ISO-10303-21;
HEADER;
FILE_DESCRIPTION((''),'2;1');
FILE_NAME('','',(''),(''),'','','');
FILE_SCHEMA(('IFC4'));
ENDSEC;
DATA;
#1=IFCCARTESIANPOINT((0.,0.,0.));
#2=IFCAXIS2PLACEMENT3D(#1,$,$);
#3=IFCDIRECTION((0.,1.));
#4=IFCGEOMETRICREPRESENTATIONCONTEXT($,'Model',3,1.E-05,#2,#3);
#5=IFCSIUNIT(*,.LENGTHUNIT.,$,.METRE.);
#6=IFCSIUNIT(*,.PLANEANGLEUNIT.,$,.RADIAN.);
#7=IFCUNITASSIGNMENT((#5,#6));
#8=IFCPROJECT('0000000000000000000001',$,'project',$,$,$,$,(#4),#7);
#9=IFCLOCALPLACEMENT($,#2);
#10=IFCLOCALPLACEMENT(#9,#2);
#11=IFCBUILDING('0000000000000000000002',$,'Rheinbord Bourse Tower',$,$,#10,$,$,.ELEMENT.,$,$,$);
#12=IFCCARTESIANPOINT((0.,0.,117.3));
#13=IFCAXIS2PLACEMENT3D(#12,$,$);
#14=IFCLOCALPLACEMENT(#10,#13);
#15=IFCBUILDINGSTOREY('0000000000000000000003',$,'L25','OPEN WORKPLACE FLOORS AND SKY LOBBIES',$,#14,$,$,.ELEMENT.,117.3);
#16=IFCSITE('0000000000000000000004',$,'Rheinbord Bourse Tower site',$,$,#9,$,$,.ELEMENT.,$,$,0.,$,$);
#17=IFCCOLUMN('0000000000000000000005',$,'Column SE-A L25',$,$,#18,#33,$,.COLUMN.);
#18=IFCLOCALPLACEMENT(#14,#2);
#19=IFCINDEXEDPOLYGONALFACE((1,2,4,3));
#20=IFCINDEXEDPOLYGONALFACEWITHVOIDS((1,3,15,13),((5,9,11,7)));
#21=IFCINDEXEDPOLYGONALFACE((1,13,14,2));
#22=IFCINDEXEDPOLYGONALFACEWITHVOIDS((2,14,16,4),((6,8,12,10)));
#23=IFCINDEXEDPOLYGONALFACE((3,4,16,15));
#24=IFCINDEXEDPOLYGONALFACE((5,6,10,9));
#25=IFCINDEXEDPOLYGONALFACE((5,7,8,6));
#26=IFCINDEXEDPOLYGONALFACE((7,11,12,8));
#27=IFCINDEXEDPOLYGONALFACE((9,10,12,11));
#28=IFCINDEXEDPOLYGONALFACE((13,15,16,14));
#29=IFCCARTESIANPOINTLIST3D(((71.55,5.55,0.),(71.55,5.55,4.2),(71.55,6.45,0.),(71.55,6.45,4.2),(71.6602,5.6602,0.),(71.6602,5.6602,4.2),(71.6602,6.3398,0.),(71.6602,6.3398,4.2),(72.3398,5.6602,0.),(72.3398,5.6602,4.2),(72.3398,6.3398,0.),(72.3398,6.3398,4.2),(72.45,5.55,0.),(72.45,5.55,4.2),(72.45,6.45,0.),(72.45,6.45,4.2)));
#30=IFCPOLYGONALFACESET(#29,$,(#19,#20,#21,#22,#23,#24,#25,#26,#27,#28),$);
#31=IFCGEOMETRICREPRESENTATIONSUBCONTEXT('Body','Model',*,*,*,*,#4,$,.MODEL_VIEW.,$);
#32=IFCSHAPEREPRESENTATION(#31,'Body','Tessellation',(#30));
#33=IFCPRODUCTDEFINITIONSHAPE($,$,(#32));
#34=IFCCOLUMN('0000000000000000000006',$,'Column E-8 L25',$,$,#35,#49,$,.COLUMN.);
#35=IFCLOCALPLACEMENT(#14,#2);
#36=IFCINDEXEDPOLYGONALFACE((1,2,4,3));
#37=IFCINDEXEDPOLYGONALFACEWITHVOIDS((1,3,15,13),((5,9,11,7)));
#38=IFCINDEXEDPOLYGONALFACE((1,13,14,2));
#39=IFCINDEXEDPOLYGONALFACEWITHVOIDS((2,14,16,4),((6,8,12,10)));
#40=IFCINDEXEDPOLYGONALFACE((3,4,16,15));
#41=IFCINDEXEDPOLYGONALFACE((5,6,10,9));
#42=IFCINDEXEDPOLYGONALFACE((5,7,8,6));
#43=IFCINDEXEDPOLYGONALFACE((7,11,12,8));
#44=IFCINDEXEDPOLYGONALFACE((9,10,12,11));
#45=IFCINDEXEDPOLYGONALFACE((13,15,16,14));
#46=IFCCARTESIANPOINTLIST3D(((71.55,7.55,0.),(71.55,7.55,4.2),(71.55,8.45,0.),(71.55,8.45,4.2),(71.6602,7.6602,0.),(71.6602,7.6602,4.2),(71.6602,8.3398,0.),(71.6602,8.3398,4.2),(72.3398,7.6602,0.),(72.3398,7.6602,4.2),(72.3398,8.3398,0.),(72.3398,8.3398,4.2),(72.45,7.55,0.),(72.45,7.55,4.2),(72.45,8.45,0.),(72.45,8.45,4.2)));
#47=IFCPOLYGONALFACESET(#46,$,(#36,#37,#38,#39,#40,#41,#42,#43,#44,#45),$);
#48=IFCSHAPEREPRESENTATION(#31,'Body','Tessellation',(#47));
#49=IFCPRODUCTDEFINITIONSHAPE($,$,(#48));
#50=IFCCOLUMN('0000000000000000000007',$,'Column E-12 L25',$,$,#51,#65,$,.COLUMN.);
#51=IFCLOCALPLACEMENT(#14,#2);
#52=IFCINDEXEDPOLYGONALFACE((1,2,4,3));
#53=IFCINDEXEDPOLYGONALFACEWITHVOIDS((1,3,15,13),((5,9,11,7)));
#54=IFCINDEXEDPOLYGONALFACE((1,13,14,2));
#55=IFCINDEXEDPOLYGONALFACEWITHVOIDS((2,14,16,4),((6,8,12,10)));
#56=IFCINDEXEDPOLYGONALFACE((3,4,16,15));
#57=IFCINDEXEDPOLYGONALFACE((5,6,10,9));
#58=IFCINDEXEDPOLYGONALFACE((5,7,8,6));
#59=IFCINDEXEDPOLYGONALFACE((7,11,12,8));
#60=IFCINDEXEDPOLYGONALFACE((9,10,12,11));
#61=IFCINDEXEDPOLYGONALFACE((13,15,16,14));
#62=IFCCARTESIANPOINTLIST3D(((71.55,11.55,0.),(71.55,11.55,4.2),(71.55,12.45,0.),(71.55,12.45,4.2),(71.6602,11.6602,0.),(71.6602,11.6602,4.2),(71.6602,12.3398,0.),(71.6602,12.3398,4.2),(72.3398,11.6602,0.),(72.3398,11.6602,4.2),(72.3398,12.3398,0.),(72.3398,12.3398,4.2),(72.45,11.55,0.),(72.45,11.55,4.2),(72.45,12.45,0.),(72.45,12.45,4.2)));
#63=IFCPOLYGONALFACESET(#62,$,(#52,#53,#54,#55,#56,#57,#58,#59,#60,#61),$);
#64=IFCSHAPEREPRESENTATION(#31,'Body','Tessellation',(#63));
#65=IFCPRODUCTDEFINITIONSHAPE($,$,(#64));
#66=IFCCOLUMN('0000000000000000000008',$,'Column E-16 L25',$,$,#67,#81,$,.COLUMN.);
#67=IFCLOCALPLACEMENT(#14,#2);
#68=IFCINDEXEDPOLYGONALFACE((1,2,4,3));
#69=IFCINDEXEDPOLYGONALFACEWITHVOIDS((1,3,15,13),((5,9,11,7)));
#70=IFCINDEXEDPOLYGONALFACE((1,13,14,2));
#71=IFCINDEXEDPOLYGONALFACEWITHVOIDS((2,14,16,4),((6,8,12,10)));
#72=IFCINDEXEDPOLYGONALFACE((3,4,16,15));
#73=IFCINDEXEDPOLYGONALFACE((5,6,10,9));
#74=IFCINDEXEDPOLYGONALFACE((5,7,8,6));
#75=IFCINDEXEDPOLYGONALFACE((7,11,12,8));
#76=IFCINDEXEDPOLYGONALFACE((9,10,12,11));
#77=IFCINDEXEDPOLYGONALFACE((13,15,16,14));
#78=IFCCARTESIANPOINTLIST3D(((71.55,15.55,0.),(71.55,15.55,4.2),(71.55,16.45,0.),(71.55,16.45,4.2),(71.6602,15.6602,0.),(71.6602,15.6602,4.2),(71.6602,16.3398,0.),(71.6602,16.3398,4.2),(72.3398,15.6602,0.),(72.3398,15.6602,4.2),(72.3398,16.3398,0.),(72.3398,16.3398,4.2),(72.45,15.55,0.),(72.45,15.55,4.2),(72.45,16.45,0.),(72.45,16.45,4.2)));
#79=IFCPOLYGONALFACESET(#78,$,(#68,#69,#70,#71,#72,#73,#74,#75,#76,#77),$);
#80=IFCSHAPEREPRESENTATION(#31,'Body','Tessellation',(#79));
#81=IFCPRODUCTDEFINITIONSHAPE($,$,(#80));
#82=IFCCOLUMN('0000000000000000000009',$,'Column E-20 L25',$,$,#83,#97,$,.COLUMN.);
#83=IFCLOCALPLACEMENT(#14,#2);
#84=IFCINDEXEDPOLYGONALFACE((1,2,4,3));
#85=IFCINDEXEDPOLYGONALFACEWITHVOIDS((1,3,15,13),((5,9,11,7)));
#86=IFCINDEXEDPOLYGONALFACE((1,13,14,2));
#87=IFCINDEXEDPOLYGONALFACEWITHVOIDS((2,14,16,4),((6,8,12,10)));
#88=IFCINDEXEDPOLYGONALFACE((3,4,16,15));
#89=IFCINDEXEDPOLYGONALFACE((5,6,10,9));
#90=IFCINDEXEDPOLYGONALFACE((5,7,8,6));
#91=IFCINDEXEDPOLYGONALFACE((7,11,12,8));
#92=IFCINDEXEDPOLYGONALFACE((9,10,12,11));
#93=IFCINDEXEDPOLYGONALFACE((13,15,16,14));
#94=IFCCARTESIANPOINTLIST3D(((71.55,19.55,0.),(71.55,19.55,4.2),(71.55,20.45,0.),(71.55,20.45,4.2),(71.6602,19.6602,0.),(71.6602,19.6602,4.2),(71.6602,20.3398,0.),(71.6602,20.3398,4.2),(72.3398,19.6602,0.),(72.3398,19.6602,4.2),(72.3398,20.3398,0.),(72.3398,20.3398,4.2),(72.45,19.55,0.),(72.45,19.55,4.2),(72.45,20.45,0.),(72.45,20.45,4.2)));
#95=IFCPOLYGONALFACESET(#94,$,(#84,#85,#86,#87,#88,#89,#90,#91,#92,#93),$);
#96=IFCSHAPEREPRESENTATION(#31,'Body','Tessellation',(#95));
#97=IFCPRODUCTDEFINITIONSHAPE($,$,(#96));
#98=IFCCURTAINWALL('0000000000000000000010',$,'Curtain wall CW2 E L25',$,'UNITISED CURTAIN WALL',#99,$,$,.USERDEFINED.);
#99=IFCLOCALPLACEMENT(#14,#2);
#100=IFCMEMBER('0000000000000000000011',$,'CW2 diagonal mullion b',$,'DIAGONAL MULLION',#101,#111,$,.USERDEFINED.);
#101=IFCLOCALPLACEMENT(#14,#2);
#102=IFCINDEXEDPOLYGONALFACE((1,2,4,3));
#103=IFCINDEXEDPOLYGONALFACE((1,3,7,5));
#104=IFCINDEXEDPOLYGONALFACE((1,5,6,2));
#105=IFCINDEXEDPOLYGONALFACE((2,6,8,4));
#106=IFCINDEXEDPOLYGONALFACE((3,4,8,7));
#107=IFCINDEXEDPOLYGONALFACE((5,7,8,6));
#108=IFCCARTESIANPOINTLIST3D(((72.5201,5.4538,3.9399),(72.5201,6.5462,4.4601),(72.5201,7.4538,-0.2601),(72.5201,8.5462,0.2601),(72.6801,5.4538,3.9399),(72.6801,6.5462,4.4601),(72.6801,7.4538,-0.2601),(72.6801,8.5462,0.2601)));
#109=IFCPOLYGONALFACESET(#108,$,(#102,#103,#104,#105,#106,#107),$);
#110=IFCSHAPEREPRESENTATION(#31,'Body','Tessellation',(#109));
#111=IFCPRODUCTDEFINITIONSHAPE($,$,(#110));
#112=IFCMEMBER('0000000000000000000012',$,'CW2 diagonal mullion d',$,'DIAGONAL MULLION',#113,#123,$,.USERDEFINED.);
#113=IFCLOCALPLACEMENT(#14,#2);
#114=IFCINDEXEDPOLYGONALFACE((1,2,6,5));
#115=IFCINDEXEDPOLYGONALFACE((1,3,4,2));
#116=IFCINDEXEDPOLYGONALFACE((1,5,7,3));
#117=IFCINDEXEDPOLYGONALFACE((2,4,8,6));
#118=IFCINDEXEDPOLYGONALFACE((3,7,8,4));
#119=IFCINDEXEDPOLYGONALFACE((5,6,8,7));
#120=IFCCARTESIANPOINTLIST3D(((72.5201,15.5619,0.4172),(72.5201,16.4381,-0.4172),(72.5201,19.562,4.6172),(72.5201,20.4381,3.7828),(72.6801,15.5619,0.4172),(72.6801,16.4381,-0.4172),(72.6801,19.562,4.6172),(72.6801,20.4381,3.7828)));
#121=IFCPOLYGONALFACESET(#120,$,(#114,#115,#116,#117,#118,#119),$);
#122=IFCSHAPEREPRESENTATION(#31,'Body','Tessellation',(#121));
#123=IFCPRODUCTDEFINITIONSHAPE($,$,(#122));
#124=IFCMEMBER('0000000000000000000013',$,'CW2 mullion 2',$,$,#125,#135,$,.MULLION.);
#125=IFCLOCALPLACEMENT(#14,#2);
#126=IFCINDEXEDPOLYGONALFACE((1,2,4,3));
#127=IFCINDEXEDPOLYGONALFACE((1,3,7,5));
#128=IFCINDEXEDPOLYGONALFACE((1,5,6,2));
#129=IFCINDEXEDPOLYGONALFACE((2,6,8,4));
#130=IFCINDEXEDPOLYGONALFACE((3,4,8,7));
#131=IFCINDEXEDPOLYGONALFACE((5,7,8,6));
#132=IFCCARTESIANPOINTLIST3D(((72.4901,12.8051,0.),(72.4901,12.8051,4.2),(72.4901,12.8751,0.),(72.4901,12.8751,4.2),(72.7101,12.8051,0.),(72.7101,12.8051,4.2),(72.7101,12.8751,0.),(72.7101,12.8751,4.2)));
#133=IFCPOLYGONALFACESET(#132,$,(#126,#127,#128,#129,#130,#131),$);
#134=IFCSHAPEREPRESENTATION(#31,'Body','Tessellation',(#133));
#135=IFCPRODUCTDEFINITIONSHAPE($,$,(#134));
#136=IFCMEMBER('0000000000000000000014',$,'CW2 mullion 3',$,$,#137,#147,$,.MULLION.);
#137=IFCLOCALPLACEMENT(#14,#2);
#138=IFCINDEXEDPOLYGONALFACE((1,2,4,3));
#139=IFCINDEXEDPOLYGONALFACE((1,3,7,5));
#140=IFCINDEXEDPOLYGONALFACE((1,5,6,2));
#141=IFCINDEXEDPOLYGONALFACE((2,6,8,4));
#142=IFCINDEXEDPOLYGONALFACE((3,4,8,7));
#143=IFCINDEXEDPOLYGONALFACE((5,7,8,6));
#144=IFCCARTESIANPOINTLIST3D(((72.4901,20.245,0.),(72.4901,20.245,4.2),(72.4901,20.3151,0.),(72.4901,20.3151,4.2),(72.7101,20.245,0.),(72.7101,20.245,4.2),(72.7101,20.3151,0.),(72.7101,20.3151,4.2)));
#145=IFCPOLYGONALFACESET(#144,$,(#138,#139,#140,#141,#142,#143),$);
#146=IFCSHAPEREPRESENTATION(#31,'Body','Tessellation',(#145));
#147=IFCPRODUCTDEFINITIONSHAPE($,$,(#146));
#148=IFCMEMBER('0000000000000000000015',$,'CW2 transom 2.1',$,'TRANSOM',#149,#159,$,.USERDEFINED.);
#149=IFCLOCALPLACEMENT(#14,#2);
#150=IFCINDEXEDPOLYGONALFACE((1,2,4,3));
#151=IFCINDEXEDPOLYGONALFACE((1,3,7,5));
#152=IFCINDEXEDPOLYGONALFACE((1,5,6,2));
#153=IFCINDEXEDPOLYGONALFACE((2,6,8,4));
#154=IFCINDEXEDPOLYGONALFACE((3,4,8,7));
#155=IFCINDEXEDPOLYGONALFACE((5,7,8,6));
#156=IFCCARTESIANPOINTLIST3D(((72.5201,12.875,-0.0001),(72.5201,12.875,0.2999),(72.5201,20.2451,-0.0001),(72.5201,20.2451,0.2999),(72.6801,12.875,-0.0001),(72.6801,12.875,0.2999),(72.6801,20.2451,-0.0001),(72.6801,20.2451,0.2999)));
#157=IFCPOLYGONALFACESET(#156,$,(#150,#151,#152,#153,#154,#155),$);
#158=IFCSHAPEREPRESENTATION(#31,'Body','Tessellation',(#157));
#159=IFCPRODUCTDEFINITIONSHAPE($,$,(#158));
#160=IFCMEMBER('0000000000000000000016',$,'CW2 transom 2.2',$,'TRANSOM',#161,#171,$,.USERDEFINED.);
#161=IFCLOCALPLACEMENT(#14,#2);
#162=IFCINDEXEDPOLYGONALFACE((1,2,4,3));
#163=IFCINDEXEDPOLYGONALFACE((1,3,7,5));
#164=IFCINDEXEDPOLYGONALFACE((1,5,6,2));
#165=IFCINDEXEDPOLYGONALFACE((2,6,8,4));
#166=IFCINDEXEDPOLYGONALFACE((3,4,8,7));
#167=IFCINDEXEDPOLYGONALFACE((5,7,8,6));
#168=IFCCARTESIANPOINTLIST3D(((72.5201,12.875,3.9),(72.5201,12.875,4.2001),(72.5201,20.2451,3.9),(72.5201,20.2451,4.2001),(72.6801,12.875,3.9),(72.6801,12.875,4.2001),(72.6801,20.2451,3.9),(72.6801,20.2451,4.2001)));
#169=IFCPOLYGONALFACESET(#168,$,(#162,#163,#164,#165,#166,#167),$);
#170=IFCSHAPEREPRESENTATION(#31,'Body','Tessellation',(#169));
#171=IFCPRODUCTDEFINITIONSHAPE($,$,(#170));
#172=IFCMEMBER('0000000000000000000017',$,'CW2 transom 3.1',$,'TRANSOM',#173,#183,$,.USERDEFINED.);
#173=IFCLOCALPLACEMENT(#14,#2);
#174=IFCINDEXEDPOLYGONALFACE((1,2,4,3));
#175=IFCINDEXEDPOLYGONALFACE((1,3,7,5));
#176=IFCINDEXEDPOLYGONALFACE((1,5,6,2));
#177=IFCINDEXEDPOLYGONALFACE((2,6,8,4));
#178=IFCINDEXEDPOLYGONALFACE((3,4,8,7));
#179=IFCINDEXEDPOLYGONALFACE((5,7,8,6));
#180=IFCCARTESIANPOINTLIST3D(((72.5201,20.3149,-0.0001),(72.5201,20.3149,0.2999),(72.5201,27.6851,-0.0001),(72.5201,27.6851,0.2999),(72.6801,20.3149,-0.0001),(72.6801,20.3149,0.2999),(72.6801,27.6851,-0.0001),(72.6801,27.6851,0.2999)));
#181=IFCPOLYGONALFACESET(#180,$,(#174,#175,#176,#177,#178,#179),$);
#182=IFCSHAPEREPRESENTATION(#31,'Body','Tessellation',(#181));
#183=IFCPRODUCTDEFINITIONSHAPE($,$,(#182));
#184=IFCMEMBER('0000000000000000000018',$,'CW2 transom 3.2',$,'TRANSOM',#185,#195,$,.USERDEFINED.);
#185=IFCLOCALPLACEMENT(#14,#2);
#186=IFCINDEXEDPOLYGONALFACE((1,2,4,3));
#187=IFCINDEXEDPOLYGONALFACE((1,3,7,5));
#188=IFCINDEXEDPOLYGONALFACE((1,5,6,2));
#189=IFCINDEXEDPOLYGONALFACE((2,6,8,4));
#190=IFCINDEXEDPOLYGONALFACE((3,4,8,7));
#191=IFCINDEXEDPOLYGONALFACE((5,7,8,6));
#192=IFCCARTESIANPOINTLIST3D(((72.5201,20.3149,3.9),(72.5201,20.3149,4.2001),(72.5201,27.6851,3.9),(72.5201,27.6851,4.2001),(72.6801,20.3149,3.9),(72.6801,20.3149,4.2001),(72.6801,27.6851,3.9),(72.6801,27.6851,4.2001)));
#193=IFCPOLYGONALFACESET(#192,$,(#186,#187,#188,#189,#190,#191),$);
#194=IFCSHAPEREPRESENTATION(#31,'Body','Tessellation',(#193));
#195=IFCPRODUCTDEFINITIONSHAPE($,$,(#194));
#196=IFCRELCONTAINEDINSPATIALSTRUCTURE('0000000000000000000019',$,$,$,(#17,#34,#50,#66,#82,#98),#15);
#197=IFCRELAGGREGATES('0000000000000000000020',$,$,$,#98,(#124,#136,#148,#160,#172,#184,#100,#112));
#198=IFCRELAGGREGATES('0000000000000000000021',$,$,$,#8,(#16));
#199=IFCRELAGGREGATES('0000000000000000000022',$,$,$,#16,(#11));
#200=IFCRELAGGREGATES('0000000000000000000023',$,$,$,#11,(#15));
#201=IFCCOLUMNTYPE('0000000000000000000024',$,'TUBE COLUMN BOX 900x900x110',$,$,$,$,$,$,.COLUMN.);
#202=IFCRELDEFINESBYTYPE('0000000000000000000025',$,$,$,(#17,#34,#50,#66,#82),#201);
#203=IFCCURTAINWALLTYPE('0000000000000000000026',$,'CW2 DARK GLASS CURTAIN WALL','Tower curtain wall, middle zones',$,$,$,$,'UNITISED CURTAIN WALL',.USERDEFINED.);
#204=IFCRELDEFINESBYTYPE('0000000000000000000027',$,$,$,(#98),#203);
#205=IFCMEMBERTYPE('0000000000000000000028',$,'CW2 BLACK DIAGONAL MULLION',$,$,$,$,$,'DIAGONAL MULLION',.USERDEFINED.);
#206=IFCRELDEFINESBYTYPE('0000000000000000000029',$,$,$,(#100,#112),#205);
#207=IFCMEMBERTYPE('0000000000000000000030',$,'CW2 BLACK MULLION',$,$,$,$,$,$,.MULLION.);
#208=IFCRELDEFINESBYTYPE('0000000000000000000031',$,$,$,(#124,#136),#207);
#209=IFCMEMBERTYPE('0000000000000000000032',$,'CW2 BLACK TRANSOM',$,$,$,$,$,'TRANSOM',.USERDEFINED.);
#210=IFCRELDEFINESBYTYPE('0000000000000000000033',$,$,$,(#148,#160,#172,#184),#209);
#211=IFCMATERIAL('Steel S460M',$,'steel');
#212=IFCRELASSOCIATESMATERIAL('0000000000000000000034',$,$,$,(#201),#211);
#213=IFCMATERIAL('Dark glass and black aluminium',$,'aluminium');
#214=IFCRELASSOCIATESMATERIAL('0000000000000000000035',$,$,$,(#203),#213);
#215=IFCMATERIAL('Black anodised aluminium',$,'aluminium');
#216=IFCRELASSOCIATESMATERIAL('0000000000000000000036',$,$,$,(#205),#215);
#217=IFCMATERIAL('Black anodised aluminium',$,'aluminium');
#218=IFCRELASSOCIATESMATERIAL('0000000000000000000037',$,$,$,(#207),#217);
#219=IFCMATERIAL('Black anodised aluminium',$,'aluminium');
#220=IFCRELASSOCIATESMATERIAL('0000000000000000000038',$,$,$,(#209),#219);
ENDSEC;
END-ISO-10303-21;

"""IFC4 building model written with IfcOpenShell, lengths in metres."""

from ifc_helpers import new_model, si_unit, direction, frame, origin, origin_2d, place, context, subcontext, project, spatial, rectangle, hollow_rectangle, extrude, material, material_profile, profile_set, type_object, element, aggregate, save


model = new_model("IFC4")

# Units and contexts
model_context = context("Model", 3, precision=1e-05, world=origin(), true_north=direction((0.0, 1.0)))
body_context = subcontext(model_context, "Body", "Model", "MODEL_VIEW")
ifc_project = project(units=[si_unit("LENGTHUNIT", "METRE"), si_unit("PLANEANGLEUNIT", "RADIAN")], contexts=[model_context])

# Site, building, storey
site_placement = place(None, origin())
site = spatial("IfcSite", under=ifc_project, at=site_placement, Name="Rheinbord Bourse Tower site", CompositionType="ELEMENT", RefElevation=0.0)
building_placement = place(site_placement, origin())
building = spatial("IfcBuilding", under=site, at=building_placement, Name="Rheinbord Bourse Tower", CompositionType="ELEMENT")
storey_placement = place(building_placement, frame((0.0, 0.0, 117.3)))
storey = spatial("IfcBuildingStorey", under=building, at=storey_placement, Name="L25", Description="OPEN WORKPLACE FLOORS AND SKY LOBBIES", CompositionType="ELEMENT", Elevation=117.3)

# Columns
ifc_material_1 = material(Name="Steel S460M", Category="steel")
ifc_material_profile_1 = material_profile(ifc_material_1, hollow_rectangle(XDim=0.8999, YDim=0.8999, WallThickness=0.1101, at=origin_2d()), Name="BOX 900x900x110")
ifc_profile_set_1 = profile_set([ifc_material_profile_1], Name="Steel S460M")
column_type = type_object("IfcColumnType", Name="TUBE COLUMN BOX 900x900x110", PredefinedType="COLUMN", material=ifc_profile_set_1)
for number, where, z_axis, x_axis, name in (
    (1, (72.0, 6.0, 0.0), (0.0, 0.0, 1.0), (1.0, 0.0, 0.0), "Column SE-A L25"),
    (2, (72.0, 8.0, 0.0), (0.0, 0.0, 1.0), (1.0, 0.0, 0.0), "Column E-8 L25"),
    (3, (72.0, 12.0, 0.0), (0.0, 0.0, 1.0), (1.0, 0.0, 0.0), "Column E-12 L25"),
    (4, (72.0, 16.0, 0.0), (0.0, 0.0, 1.0), (1.0, 0.0, 0.0), "Column E-16 L25"),
    (5, (72.0, 20.0, 0.0), (0.0, 0.0, 1.0), (1.0, 0.0, 0.0), "Column E-20 L25"),
):
    element("IfcColumn", number, at=place(storey_placement, frame(where, z_axis=z_axis, x_axis=x_axis)), inside=storey, type_object=column_type, Name=name, PredefinedType="COLUMN", context=body_context, shape_type="SweptSolid", body=[
        extrude(hollow_rectangle(XDim=0.8999, YDim=0.8999, WallThickness=0.1101, at=origin_2d()), origin(), (0.0, 0.0, 1.0), 4.2),
    ])

# Curtain wall, members
ifc_material_2 = material(Name="Dark glass and black aluminium", Category="aluminium")
curtain_wall_type = type_object("IfcCurtainWallType", Name="CW2 DARK GLASS CURTAIN WALL", Description="Tower curtain wall, middle zones", ElementType="UNITISED CURTAIN WALL", PredefinedType="USERDEFINED", material=ifc_material_2)
curtain_wall_placement = place(storey_placement, origin())
curtain_wall = element("IfcCurtainWall", 6, at=curtain_wall_placement, inside=storey, type_object=curtain_wall_type, Name="Curtain wall CW2 E L25", ObjectType="UNITISED CURTAIN WALL", PredefinedType="USERDEFINED")
ifc_material_3 = material(Name="Black anodised aluminium", Category="aluminium")
ifc_material_profile_2 = material_profile(ifc_material_3, rectangle(XDim=0.1599, YDim=1.21, at=origin_2d()), Name="CW2 DIAGONAL MULLION 1210x160")
ifc_profile_set_2 = profile_set([ifc_material_profile_2], Name="Black anodised aluminium")
member_type_1 = type_object("IfcMemberType", Name="CW2 BLACK DIAGONAL MULLION", ElementType="DIAGONAL MULLION", PredefinedType="USERDEFINED", material=ifc_profile_set_2)
member_1_placement = place(storey_placement, frame((72.6001, 8.0, 0.0), z_axis=(0.0, -0.429938, 0.902859), x_axis=(1.0, 0.0, 0.0)))
member_1 = element("IfcMember", 7, at=member_1_placement, type_object=member_type_1, Name="CW2 diagonal mullion b", ObjectType="DIAGONAL MULLION", PredefinedType="USERDEFINED", context=body_context, shape_type="SweptSolid", body=[
    extrude(rectangle(XDim=0.1599, YDim=1.21, at=origin_2d()), origin(), (0.0, 0.0, 1.0), 4.6519),
])
member_2_placement = place(storey_placement, frame((72.6001, 16.0, 0.0), z_axis=(0.0, 0.689659, 0.724134), x_axis=(-1.0, 0.0, 0.0)))
member_2 = element("IfcMember", 8, at=member_2_placement, type_object=member_type_1, Name="CW2 diagonal mullion d", ObjectType="DIAGONAL MULLION", PredefinedType="USERDEFINED", context=body_context, shape_type="SweptSolid", body=[
    extrude(rectangle(XDim=0.1599, YDim=1.21, at=origin_2d()), origin(), (0.0, 0.0, 1.0), 5.8),
])
ifc_material_4 = material(Name="Black anodised aluminium", Category="aluminium")
ifc_material_profile_3 = material_profile(ifc_material_4, rectangle(XDim=0.22, YDim=0.0701, at=origin_2d()), Name="CW2 MULLION 70x220")
ifc_profile_set_3 = profile_set([ifc_material_profile_3], Name="Black anodised aluminium")
member_type_2 = type_object("IfcMemberType", Name="CW2 BLACK MULLION", PredefinedType="MULLION", material=ifc_profile_set_3)
member_3_placement = place(storey_placement, frame((72.6001, 12.8401, 0.0), z_axis=(0.0, 0.0, 1.0), x_axis=(-1.0, 0.0, 0.0)))
member_3 = element("IfcMember", 9, at=member_3_placement, type_object=member_type_2, Name="CW2 mullion 2", PredefinedType="MULLION", context=body_context, shape_type="SweptSolid", body=[
    extrude(rectangle(XDim=0.22, YDim=0.0701, at=origin_2d()), origin(), (0.0, 0.0, 1.0), 4.2),
])
member_4_placement = place(storey_placement, frame((72.6001, 20.28, 0.0), z_axis=(0.0, 0.0, 1.0), x_axis=(-1.0, 0.0, 0.0)))
member_4 = element("IfcMember", 10, at=member_4_placement, type_object=member_type_2, Name="CW2 mullion 3", PredefinedType="MULLION", context=body_context, shape_type="SweptSolid", body=[
    extrude(rectangle(XDim=0.22, YDim=0.0701, at=origin_2d()), origin(), (0.0, 0.0, 1.0), 4.2),
])
ifc_material_5 = material(Name="Black anodised aluminium", Category="aluminium")
ifc_material_profile_4 = material_profile(ifc_material_5, rectangle(XDim=0.1599, YDim=0.3, at=origin_2d()), Name="CW2 TRANSOM 300x160")
ifc_profile_set_4 = profile_set([ifc_material_profile_4], Name="Black anodised aluminium")
member_type_3 = type_object("IfcMemberType", Name="CW2 BLACK TRANSOM", ElementType="TRANSOM", PredefinedType="USERDEFINED", material=ifc_profile_set_4)
member_5_placement = place(storey_placement, frame((72.6001, 12.875, 0.1499), z_axis=(0.0, 1.0, 0.0), x_axis=(-1.0, 0.0, 0.0)))
member_5 = element("IfcMember", 11, at=member_5_placement, type_object=member_type_3, Name="CW2 transom 2.1", ObjectType="TRANSOM", PredefinedType="USERDEFINED", context=body_context, shape_type="SweptSolid", body=[
    extrude(rectangle(XDim=0.1599, YDim=0.3, at=origin_2d()), origin(), (0.0, 0.0, 1.0), 7.3701),
])
member_6_placement = place(storey_placement, frame((72.6001, 12.875, 4.05), z_axis=(0.0, 1.0, 0.0), x_axis=(-1.0, 0.0, 0.0)))
member_6 = element("IfcMember", 12, at=member_6_placement, type_object=member_type_3, Name="CW2 transom 2.2", ObjectType="TRANSOM", PredefinedType="USERDEFINED", context=body_context, shape_type="SweptSolid", body=[
    extrude(rectangle(XDim=0.1599, YDim=0.3, at=origin_2d()), origin(), (0.0, 0.0, 1.0), 7.3701),
])
member_7_placement = place(storey_placement, frame((72.6001, 20.3149, 0.1499), z_axis=(0.0, 1.0, 0.0), x_axis=(-1.0, 0.0, 0.0)))
member_7 = element("IfcMember", 13, at=member_7_placement, type_object=member_type_3, Name="CW2 transom 3.1", ObjectType="TRANSOM", PredefinedType="USERDEFINED", context=body_context, shape_type="SweptSolid", body=[
    extrude(rectangle(XDim=0.1599, YDim=0.3, at=origin_2d()), origin(), (0.0, 0.0, 1.0), 7.3701),
])
member_8_placement = place(storey_placement, frame((72.6001, 20.3149, 4.05), z_axis=(0.0, 1.0, 0.0), x_axis=(-1.0, 0.0, 0.0)))
member_8 = element("IfcMember", 14, at=member_8_placement, type_object=member_type_3, Name="CW2 transom 3.2", ObjectType="TRANSOM", PredefinedType="USERDEFINED", context=body_context, shape_type="SweptSolid", body=[
    extrude(rectangle(XDim=0.1599, YDim=0.3, at=origin_2d()), origin(), (0.0, 0.0, 1.0), 7.3701),
])

aggregate(curtain_wall, [member_3, member_4, member_5, member_6, member_7, member_8, member_1, member_2])

save(model, "model.ifc")
